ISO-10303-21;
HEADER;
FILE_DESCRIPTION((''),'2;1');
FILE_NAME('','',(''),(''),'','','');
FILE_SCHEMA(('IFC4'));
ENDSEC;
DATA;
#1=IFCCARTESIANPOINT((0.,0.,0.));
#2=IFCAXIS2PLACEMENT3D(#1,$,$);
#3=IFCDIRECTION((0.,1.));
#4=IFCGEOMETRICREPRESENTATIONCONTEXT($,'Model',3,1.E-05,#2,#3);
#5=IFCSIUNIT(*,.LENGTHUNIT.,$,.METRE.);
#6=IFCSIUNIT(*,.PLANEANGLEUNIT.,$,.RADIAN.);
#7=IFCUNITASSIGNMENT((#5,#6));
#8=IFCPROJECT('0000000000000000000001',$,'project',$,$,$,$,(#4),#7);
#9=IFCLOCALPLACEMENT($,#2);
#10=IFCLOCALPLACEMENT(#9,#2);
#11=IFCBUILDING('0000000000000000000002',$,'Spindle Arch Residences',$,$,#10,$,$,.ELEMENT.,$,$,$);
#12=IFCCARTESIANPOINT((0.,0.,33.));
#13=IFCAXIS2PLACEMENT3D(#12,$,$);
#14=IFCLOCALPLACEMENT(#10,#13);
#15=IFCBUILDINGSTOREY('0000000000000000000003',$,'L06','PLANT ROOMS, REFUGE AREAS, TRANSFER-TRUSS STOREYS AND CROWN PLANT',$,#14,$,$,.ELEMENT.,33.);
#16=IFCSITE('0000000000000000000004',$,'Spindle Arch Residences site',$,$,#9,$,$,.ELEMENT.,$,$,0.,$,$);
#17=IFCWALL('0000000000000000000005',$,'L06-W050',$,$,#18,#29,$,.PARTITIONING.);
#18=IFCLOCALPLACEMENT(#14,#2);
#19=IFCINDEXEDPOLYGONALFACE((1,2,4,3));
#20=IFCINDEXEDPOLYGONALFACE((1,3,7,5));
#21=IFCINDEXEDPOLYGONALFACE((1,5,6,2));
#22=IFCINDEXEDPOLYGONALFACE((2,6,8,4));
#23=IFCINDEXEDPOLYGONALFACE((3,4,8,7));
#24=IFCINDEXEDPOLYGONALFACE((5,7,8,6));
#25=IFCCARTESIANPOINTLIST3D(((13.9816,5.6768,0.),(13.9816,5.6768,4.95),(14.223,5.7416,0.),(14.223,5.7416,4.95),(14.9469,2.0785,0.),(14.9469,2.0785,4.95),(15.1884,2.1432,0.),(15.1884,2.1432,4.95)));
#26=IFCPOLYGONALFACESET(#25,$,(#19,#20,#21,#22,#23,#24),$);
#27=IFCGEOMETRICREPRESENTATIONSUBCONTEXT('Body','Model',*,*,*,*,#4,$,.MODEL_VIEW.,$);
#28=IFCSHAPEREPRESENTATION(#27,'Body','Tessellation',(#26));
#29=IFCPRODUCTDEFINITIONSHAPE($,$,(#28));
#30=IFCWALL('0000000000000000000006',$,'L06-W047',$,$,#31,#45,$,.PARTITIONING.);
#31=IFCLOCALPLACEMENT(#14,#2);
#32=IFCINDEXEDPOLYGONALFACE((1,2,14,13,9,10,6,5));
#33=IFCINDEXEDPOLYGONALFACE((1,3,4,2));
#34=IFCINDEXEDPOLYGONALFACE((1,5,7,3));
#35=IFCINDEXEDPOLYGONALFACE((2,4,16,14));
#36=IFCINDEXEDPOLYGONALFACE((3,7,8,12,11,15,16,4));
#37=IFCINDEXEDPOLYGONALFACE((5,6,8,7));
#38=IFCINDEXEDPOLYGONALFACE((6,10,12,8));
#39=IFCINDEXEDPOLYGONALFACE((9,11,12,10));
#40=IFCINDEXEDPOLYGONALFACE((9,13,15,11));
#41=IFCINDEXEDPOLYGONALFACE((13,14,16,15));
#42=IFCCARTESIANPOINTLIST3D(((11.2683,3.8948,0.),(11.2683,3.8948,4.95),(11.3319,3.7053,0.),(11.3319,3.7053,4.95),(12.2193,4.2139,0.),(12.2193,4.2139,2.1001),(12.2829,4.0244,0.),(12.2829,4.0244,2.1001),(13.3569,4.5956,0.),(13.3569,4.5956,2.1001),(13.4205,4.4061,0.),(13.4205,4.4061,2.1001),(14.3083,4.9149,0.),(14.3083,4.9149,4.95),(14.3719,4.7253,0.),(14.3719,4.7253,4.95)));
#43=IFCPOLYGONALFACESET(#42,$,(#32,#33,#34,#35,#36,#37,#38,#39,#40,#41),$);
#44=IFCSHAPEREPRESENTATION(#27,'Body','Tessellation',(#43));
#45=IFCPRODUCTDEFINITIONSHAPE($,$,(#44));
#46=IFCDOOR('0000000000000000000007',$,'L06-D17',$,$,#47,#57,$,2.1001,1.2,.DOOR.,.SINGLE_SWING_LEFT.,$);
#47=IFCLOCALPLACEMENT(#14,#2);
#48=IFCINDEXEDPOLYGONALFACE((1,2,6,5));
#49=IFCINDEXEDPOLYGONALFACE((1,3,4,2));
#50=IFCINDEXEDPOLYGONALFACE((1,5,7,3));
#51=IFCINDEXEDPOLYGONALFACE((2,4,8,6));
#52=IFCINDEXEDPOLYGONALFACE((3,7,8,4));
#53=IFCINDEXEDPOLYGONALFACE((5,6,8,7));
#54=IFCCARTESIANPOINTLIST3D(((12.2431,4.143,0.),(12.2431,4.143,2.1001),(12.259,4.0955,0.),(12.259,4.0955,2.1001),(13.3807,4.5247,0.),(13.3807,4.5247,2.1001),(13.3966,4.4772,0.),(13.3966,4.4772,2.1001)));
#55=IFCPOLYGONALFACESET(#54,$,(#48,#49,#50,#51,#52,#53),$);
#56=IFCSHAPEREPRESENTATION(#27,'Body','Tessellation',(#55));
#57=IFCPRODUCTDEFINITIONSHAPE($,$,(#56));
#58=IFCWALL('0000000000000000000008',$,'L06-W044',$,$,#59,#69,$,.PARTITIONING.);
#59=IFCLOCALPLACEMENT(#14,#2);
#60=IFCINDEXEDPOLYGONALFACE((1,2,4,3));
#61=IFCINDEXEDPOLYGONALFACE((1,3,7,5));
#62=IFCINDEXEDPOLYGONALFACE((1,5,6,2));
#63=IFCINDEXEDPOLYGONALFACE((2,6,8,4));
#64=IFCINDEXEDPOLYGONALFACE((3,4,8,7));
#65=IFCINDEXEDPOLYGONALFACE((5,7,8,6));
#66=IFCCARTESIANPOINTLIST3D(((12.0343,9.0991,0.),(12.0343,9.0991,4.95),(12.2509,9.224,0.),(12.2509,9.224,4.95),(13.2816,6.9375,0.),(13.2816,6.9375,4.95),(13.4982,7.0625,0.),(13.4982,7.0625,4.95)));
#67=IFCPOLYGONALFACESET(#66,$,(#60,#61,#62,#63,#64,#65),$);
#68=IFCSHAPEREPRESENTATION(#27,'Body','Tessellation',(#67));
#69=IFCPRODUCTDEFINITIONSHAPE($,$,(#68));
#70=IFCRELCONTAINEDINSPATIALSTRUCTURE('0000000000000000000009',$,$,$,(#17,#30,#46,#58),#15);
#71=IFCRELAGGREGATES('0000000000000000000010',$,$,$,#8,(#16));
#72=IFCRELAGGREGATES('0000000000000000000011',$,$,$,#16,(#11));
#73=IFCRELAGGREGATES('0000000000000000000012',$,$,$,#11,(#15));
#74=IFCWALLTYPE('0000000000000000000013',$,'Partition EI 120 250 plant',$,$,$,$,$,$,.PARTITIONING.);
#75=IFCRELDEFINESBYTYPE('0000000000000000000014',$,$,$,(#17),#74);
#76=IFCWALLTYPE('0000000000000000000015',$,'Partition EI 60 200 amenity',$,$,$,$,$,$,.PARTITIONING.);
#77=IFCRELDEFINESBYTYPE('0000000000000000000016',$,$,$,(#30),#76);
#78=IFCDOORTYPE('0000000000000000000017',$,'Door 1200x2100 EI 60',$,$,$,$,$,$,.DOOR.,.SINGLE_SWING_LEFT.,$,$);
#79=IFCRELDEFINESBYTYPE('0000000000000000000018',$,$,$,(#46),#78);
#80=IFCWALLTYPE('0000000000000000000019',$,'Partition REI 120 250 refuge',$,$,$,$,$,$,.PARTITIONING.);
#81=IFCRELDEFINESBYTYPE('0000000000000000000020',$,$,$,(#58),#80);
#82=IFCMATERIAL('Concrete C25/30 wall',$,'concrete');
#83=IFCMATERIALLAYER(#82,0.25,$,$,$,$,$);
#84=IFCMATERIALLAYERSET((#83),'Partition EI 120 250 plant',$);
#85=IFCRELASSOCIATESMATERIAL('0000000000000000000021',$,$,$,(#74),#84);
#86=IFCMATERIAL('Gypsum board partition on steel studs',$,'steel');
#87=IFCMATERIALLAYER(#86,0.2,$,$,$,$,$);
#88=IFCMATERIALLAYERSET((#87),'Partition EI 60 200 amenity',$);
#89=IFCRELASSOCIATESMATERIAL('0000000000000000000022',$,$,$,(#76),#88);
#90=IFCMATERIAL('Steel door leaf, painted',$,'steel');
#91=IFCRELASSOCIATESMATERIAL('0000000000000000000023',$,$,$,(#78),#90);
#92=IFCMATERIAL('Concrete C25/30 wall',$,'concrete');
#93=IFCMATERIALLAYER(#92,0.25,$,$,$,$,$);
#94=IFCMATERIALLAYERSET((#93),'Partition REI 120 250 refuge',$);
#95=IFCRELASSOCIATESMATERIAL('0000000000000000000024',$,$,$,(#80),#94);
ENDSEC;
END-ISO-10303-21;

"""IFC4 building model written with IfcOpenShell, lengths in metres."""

from ifc_helpers import new_model, si_unit, direction, frame, frame_2d, origin, place, context, subcontext, project, spatial, rectangle, extrude, material, layer, layer_set, type_object, element, fill, save


model = new_model("IFC4")

# Units and contexts
model_context = context("Model", 3, precision=1e-05, world=origin(), true_north=direction((0.0, 1.0)))
body_context = subcontext(model_context, "Body", "Model", "MODEL_VIEW")
ifc_project = project(units=[si_unit("LENGTHUNIT", "METRE"), si_unit("PLANEANGLEUNIT", "RADIAN")], contexts=[model_context])

# Site, building, storey
site_placement = place(None, origin())
site = spatial("IfcSite", under=ifc_project, at=site_placement, Name="Spindle Arch Residences site", CompositionType="ELEMENT", RefElevation=0.0)
building_placement = place(site_placement, origin())
building = spatial("IfcBuilding", under=site, at=building_placement, Name="Spindle Arch Residences", CompositionType="ELEMENT")
storey_placement = place(building_placement, frame((0.0, 0.0, 33.0)))
storey = spatial("IfcBuildingStorey", under=building, at=storey_placement, Name="L06", Description="PLANT ROOMS, REFUGE AREAS, TRANSFER-TRUSS STOREYS AND CROWN PLANT", CompositionType="ELEMENT", Elevation=33.0)

# Shared definitions
ifc_material_1 = material(Name="Concrete C25/30 wall", Category="concrete")
ifc_layer_1 = layer(ifc_material_1, 0.25)
ifc_layer_set_1 = layer_set([ifc_layer_1], Name="Partition EI 120 250 plant")
wall_type_1 = type_object("IfcWallType", Name="Partition EI 120 250 plant", PredefinedType="PARTITIONING", material=ifc_layer_set_1)

# Wall
wall_1_placement = place(storey_placement, frame((15.0676, 2.1108, 0.0), z_axis=(0.0, 0.0, 1.0), x_axis=(-0.259106, 0.965849, 0.0)))
element("IfcWall", 1, at=wall_1_placement, inside=storey, type_object=wall_type_1, Name="L06-W050", PredefinedType="PARTITIONING", context=body_context, shape_type="SweptSolid", body=[
    extrude(rectangle(XDim=3.7256, YDim=0.25, at=frame_2d((1.8628, 0.0))), origin(), (0.0, 0.0, 1.0), 4.95),
])

# Wall, opening, door
ifc_material_2 = material(Name="Gypsum board partition on steel studs", Category="steel")
ifc_layer_2 = layer(ifc_material_2, 0.2)
ifc_layer_set_2 = layer_set([ifc_layer_2], Name="Partition EI 60 200 amenity")
wall_type_2 = type_object("IfcWallType", Name="Partition EI 60 200 amenity", PredefinedType="PARTITIONING", material=ifc_layer_set_2)
wall_2_placement = place(storey_placement, frame((14.3401, 4.8201, 0.0), z_axis=(0.0, 0.0, 1.0), x_axis=(-0.948057, -0.3181, 0.0)))
wall_2 = element("IfcWall", 2, at=wall_2_placement, inside=storey, type_object=wall_type_2, Name="L06-W047", PredefinedType="PARTITIONING", context=body_context, shape_type="SweptSolid", body=[
    extrude(rectangle(XDim=3.2065, YDim=0.2, at=frame_2d((1.6033, 0.0))), origin(), (0.0, 0.0, 1.0), 4.95),
])
opening_1_placement = place(wall_2_placement, frame((1.0034, 0.0, 0.0)))
opening_1 = element("IfcOpeningElement", 3, at=opening_1_placement, cuts=wall_2, PredefinedType="OPENING", context=body_context, shape_type="SweptSolid", body=[
    extrude(rectangle(XDim=1.2, YDim=2.1001, at=frame_2d((0.6001, 1.05))), frame((0.0, 0.1099, 0.0), z_axis=(0.0, -1.0, 0.0), x_axis=(1.0, 0.0, 0.0)), (0.0, 0.0, 1.0), 0.22),
])
ifc_material_3 = material(Name="Steel door leaf, painted", Category="steel")
door_type_1 = type_object("IfcDoorType", Name="Door 1200x2100 EI 60", OperationType="SINGLE_SWING_LEFT", PredefinedType="DOOR", material=ifc_material_3)
door_1_placement = place(opening_1_placement, origin())
door_1 = element("IfcDoor", 4, at=door_1_placement, inside=storey, type_object=door_type_1, Name="L06-D17", OperationType="SINGLE_SWING_LEFT", OverallHeight=2.1001, OverallWidth=1.2, PredefinedType="DOOR", context=body_context, shape_type="SweptSolid", body=[
    extrude(rectangle(XDim=1.2, YDim=2.1001, at=frame_2d((0.6001, 1.05))), frame((0.0, 0.0249, 0.0), z_axis=(0.0, -1.0, 0.0), x_axis=(1.0, 0.0, 0.0)), (0.0, 0.0, 1.0), 0.05),
])
fill(opening_1, door_1)

# Wall
ifc_material_4 = material(Name="Concrete C25/30 wall", Category="concrete")
ifc_layer_3 = layer(ifc_material_4, 0.25)
ifc_layer_set_3 = layer_set([ifc_layer_3], Name="Partition REI 120 250 refuge")
wall_type_3 = type_object("IfcWallType", Name="Partition REI 120 250 refuge", PredefinedType="PARTITIONING", material=ifc_layer_set_3)
wall_3_placement = place(storey_placement, frame((13.3899, 7.0, 0.0), z_axis=(0.0, 0.0, 1.0), x_axis=(-0.49979, 0.866146, 0.0)))
element("IfcWall", 5, at=wall_3_placement, inside=storey, type_object=wall_type_3, Name="L06-W044", PredefinedType="PARTITIONING", context=body_context, shape_type="SweptSolid", body=[
    extrude(rectangle(XDim=2.4956, YDim=0.25, at=frame_2d((1.2478, 0.0))), origin(), (0.0, 0.0, 1.0), 4.95),
])

save(model, "model.ifc")
